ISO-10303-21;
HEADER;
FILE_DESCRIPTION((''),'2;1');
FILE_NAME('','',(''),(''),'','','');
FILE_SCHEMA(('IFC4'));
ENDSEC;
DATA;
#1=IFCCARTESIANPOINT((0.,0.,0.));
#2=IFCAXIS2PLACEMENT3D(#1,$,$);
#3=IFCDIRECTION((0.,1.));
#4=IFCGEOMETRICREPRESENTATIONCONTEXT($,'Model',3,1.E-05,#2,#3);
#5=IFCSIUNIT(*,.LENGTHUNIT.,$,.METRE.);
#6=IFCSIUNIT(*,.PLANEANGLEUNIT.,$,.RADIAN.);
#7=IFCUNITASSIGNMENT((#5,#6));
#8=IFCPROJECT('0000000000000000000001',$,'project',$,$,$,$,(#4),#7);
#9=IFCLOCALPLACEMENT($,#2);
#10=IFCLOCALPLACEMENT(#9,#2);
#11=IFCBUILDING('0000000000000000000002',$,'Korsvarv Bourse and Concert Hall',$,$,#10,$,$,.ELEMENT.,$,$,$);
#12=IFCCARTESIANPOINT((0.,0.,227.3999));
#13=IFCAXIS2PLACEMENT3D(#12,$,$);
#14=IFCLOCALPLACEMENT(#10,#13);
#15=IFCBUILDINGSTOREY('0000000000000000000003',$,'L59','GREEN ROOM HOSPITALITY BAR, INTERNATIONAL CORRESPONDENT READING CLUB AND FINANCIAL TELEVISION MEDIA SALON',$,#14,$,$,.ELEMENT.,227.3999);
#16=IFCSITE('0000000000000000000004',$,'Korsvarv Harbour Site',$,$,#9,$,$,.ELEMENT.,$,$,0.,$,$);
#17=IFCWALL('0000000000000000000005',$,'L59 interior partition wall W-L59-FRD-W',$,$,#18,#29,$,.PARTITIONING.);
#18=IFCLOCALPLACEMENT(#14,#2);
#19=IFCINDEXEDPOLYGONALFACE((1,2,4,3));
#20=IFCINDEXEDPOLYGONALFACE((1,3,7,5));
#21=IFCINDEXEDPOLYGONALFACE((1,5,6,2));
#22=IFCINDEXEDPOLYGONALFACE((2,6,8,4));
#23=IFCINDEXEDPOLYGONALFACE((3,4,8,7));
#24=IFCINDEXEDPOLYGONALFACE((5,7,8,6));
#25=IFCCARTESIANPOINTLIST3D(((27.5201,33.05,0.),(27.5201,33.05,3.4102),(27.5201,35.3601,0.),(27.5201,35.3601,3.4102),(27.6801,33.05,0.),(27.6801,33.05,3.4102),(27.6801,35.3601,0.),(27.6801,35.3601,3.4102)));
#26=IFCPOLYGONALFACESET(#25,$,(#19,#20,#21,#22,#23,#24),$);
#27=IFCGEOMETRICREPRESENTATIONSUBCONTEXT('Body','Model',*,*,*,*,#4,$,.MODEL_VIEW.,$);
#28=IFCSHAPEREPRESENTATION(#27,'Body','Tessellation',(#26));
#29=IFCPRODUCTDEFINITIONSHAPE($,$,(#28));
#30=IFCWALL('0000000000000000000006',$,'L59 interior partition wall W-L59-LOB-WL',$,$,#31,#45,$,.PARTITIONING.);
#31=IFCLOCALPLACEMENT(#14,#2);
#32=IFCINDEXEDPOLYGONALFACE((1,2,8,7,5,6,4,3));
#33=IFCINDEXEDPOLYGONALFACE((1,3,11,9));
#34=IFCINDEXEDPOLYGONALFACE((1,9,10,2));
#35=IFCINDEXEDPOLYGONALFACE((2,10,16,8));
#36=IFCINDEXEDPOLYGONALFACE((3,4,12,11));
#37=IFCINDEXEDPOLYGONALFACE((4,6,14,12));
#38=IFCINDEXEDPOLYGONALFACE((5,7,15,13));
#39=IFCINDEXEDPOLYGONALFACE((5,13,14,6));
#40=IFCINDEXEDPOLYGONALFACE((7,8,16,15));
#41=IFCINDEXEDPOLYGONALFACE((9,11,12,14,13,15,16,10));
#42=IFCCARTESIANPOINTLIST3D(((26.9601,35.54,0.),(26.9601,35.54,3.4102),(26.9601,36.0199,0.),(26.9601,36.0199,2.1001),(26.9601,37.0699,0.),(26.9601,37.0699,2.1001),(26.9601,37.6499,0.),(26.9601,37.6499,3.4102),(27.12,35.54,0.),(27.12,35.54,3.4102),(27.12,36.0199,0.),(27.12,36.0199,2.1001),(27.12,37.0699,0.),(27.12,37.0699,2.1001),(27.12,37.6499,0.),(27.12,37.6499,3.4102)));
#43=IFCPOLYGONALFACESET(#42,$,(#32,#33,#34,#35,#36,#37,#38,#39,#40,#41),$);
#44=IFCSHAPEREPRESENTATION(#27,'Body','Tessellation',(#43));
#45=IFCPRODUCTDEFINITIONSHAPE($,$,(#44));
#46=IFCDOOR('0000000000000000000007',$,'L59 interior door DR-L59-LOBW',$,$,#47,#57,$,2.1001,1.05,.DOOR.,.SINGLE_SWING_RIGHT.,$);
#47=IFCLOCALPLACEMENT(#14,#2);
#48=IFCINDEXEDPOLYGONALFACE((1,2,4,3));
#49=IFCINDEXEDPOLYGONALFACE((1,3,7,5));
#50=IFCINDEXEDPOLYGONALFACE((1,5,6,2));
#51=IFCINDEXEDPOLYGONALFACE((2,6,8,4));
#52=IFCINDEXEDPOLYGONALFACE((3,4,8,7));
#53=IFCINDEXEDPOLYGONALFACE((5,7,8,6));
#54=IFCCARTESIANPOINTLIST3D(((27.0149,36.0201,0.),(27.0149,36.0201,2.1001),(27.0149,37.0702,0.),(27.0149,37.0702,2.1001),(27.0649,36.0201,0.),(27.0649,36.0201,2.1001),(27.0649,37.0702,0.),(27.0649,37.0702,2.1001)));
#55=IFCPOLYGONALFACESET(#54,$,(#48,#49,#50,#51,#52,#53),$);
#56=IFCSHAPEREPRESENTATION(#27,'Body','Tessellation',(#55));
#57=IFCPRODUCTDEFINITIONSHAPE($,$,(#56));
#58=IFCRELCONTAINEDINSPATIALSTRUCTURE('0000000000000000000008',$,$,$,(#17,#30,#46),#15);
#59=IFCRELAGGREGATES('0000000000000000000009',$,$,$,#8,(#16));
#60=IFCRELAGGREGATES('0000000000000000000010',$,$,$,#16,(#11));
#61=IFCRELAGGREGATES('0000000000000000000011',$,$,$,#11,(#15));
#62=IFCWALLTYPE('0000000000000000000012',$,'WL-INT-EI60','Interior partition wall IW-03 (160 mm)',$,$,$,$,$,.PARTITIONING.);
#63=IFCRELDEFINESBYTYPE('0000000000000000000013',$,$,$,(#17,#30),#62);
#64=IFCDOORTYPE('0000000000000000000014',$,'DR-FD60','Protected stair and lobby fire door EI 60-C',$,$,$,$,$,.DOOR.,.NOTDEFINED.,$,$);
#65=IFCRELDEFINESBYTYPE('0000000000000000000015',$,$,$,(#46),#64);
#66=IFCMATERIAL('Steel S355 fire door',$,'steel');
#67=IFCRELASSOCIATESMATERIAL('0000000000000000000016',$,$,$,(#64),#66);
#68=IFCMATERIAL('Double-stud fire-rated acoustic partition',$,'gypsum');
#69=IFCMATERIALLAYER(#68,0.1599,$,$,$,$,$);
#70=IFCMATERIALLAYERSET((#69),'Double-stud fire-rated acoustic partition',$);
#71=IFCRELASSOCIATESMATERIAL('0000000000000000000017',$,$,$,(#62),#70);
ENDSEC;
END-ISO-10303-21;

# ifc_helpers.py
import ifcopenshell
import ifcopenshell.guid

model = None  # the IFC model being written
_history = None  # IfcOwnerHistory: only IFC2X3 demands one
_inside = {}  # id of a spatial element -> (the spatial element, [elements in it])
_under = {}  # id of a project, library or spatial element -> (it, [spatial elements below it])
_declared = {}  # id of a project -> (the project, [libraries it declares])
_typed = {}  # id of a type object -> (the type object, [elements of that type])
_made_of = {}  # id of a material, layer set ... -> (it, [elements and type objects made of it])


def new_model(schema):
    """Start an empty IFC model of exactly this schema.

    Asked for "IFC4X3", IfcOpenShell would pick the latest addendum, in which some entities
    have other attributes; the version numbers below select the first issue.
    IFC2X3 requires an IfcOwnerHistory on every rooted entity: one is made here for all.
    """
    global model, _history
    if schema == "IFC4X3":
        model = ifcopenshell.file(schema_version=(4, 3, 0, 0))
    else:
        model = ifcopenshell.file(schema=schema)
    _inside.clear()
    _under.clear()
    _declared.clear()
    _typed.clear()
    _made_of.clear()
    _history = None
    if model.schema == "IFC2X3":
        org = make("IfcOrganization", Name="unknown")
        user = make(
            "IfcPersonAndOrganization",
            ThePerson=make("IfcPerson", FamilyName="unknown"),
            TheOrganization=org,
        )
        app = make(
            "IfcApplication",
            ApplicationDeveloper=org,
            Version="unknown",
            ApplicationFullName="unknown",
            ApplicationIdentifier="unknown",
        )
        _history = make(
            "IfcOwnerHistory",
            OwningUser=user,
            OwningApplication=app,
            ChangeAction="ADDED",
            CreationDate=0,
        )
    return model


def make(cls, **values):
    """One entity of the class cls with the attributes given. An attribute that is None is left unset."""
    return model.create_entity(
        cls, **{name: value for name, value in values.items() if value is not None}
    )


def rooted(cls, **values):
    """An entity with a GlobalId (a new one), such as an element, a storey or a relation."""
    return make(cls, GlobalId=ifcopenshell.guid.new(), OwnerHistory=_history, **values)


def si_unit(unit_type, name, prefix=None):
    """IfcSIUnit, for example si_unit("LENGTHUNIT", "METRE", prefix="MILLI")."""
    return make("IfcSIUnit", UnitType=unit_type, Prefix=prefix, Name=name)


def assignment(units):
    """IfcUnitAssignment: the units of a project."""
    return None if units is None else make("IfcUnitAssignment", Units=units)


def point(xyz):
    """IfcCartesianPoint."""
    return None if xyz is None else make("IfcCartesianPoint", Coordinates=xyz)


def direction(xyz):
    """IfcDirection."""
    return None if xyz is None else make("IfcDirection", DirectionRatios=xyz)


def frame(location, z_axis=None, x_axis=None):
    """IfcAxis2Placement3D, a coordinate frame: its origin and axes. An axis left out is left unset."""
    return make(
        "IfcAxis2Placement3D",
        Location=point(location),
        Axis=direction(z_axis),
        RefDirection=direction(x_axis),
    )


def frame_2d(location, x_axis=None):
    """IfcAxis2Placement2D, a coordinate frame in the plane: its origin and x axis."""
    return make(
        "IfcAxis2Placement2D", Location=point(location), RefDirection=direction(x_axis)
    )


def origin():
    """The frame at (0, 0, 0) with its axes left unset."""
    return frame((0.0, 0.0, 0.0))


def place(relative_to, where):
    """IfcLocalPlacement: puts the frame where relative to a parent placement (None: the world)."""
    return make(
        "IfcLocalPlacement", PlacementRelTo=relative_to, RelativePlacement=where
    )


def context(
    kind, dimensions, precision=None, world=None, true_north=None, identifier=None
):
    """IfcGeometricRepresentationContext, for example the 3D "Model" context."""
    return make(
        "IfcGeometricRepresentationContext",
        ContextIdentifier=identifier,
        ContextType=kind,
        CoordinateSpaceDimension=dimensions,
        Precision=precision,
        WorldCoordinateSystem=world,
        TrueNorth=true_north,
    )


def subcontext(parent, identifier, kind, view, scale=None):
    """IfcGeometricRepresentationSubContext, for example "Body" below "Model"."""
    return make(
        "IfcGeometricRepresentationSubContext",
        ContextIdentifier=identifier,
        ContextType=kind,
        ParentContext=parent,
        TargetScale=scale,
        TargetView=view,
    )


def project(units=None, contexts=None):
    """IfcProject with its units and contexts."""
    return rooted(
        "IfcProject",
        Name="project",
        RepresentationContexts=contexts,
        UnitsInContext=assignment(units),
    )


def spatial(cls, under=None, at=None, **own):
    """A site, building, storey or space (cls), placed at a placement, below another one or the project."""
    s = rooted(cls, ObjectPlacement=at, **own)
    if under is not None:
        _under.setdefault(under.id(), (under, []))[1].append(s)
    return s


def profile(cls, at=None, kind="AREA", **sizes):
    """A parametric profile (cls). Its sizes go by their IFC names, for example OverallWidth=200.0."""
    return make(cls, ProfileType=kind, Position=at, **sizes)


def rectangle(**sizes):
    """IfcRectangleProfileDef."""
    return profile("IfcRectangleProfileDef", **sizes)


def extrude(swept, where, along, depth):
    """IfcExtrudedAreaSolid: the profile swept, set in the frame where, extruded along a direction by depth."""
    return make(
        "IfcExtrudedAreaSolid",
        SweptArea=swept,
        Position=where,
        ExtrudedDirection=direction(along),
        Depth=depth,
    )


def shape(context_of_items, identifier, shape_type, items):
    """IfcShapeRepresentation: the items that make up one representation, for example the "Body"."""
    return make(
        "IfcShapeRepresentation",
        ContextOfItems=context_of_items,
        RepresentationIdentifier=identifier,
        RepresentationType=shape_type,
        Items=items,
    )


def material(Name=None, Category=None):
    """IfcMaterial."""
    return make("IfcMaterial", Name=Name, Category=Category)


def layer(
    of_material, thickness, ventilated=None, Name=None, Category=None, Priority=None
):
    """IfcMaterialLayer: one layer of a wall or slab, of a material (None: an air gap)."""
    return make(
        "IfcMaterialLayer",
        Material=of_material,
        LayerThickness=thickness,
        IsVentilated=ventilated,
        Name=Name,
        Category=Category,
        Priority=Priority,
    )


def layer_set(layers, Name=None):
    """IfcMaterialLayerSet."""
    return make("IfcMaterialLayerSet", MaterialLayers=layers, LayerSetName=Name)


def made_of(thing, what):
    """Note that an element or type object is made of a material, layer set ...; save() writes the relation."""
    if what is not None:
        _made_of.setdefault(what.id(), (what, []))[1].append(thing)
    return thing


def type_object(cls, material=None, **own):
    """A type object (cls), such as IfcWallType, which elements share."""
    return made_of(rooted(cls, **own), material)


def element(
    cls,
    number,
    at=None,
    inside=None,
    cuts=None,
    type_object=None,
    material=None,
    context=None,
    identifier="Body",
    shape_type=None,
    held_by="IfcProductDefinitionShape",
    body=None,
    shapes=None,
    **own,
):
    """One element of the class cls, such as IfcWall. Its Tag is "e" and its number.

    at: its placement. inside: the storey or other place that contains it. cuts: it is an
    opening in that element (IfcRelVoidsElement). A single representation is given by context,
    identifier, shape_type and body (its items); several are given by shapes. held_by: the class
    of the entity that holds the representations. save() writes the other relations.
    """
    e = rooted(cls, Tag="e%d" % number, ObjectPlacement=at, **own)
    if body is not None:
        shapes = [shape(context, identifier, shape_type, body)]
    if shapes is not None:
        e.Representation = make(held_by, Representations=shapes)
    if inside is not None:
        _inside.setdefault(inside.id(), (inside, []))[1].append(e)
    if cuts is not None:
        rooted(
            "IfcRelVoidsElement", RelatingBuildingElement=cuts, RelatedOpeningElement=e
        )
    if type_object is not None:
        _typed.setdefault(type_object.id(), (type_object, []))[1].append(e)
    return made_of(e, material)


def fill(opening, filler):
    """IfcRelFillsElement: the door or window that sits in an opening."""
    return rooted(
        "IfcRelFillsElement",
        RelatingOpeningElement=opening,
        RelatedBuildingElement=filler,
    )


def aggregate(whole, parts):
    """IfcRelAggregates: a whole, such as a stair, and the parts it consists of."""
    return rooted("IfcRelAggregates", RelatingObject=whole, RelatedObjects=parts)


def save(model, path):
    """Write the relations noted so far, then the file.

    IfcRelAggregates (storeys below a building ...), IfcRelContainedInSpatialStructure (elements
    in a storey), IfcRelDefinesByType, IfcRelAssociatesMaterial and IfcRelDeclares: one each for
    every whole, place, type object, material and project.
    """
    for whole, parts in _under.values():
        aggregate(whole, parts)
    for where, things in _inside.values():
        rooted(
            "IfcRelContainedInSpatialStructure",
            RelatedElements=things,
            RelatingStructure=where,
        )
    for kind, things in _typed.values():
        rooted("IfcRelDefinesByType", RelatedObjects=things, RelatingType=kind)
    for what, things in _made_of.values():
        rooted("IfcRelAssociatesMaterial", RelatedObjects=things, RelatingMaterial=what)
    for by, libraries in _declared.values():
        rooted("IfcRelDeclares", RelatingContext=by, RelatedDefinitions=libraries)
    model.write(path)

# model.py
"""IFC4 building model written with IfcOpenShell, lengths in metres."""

from ifc_helpers import new_model, si_unit, direction, frame, frame_2d, origin, place, context, subcontext, project, spatial, rectangle, extrude, material, layer, layer_set, type_object, element, fill, save


model = new_model("IFC4")

# Units and contexts
model_context = context("Model", 3, precision=1e-05, world=origin(), true_north=direction((0.0, 1.0)))
body_context = subcontext(model_context, "Body", "Model", "MODEL_VIEW")
ifc_project = project(units=[si_unit("LENGTHUNIT", "METRE"), si_unit("PLANEANGLEUNIT", "RADIAN")], contexts=[model_context])

# Site, building, storey
site_placement = place(None, origin())
site = spatial("IfcSite", under=ifc_project, at=site_placement, Name="Korsvarv Harbour Site", CompositionType="ELEMENT", RefElevation=0.0)
building_placement = place(site_placement, origin())
building = spatial("IfcBuilding", under=site, at=building_placement, Name="Korsvarv Bourse and Concert Hall", CompositionType="ELEMENT")
storey_placement = place(building_placement, frame((0.0, 0.0, 227.3999)))
storey = spatial("IfcBuildingStorey", under=building, at=storey_placement, Name="L59", Description="GREEN ROOM HOSPITALITY BAR, INTERNATIONAL CORRESPONDENT READING CLUB AND FINANCIAL TELEVISION MEDIA SALON", CompositionType="ELEMENT", Elevation=227.3999)

# Shared definitions
ifc_material_1 = material(Name="Steel S355 fire door", Category="steel")
door_type = type_object("IfcDoorType", Name="DR-FD60", Description="Protected stair and lobby fire door EI 60-C", OperationType="NOTDEFINED", PredefinedType="DOOR", material=ifc_material_1)

# Wall
ifc_material_2 = material(Name="Double-stud fire-rated acoustic partition", Category="gypsum")
ifc_layer_1 = layer(ifc_material_2, 0.1599)
ifc_layer_set_1 = layer_set([ifc_layer_1], Name="Double-stud fire-rated acoustic partition")
wall_type_1 = type_object("IfcWallType", Name="WL-INT-EI60", Description="Interior partition wall IW-03 (160 mm)", PredefinedType="PARTITIONING", material=ifc_layer_set_1)
wall_1_placement = place(storey_placement, frame((27.6001, 33.05, 0.0), z_axis=(0.0, 0.0, 1.0), x_axis=(0.0, 1.0, 0.0)))
element("IfcWall", 1, at=wall_1_placement, inside=storey, type_object=wall_type_1, Name="L59 interior partition wall W-L59-FRD-W", PredefinedType="PARTITIONING", context=body_context, shape_type="SweptSolid", body=[
    extrude(rectangle(XDim=2.3101, YDim=0.1599, at=frame_2d((1.155, 0.0))), origin(), (0.0, 0.0, 1.0), 3.4102),
])

# Wall, opening, door
wall_2_placement = place(storey_placement, frame((27.04, 35.54, 0.0), z_axis=(0.0, 0.0, 1.0), x_axis=(0.0, 1.0, 0.0)))
wall_2 = element("IfcWall", 2, at=wall_2_placement, inside=storey, type_object=wall_type_1, Name="L59 interior partition wall W-L59-LOB-WL", PredefinedType="PARTITIONING", context=body_context, shape_type="SweptSolid", body=[
    extrude(rectangle(XDim=2.1099, YDim=0.1599, at=frame_2d((1.0549, 0.0))), origin(), (0.0, 0.0, 1.0), 3.4102),
])
opening_1_placement = place(wall_2_placement, frame((0.48, 0.0, 0.0)))
opening_1 = element("IfcOpeningElement", 3, at=opening_1_placement, cuts=wall_2, PredefinedType="OPENING", context=body_context, shape_type="SweptSolid", body=[
    extrude(rectangle(XDim=1.05, YDim=2.1001, at=frame_2d((0.5249, 1.05))), frame((0.0, 0.0898, 0.0), z_axis=(0.0, -1.0, 0.0), x_axis=(1.0, 0.0, 0.0)), (0.0, 0.0, 1.0), 0.1799),
])
door_1_placement = place(opening_1_placement, frame((1.05, 0.0, 0.0), z_axis=(0.0, 0.0, 1.0), x_axis=(-1.0, 0.0, 0.0)))
door_1 = element("IfcDoor", 4, at=door_1_placement, inside=storey, type_object=door_type, Name="L59 interior door DR-L59-LOBW", OperationType="SINGLE_SWING_RIGHT", OverallHeight=2.1001, OverallWidth=1.05, PredefinedType="DOOR", context=body_context, shape_type="SweptSolid", body=[
    extrude(rectangle(XDim=1.05, YDim=2.1001, at=frame_2d((0.5249, 1.05))), frame((0.0, 0.0249, 0.0), z_axis=(0.0, -1.0, 0.0), x_axis=(1.0, 0.0, 0.0)), (0.0, 0.0, 1.0), 0.05),
])
fill(opening_1, door_1)

save(model, "model.ifc")
